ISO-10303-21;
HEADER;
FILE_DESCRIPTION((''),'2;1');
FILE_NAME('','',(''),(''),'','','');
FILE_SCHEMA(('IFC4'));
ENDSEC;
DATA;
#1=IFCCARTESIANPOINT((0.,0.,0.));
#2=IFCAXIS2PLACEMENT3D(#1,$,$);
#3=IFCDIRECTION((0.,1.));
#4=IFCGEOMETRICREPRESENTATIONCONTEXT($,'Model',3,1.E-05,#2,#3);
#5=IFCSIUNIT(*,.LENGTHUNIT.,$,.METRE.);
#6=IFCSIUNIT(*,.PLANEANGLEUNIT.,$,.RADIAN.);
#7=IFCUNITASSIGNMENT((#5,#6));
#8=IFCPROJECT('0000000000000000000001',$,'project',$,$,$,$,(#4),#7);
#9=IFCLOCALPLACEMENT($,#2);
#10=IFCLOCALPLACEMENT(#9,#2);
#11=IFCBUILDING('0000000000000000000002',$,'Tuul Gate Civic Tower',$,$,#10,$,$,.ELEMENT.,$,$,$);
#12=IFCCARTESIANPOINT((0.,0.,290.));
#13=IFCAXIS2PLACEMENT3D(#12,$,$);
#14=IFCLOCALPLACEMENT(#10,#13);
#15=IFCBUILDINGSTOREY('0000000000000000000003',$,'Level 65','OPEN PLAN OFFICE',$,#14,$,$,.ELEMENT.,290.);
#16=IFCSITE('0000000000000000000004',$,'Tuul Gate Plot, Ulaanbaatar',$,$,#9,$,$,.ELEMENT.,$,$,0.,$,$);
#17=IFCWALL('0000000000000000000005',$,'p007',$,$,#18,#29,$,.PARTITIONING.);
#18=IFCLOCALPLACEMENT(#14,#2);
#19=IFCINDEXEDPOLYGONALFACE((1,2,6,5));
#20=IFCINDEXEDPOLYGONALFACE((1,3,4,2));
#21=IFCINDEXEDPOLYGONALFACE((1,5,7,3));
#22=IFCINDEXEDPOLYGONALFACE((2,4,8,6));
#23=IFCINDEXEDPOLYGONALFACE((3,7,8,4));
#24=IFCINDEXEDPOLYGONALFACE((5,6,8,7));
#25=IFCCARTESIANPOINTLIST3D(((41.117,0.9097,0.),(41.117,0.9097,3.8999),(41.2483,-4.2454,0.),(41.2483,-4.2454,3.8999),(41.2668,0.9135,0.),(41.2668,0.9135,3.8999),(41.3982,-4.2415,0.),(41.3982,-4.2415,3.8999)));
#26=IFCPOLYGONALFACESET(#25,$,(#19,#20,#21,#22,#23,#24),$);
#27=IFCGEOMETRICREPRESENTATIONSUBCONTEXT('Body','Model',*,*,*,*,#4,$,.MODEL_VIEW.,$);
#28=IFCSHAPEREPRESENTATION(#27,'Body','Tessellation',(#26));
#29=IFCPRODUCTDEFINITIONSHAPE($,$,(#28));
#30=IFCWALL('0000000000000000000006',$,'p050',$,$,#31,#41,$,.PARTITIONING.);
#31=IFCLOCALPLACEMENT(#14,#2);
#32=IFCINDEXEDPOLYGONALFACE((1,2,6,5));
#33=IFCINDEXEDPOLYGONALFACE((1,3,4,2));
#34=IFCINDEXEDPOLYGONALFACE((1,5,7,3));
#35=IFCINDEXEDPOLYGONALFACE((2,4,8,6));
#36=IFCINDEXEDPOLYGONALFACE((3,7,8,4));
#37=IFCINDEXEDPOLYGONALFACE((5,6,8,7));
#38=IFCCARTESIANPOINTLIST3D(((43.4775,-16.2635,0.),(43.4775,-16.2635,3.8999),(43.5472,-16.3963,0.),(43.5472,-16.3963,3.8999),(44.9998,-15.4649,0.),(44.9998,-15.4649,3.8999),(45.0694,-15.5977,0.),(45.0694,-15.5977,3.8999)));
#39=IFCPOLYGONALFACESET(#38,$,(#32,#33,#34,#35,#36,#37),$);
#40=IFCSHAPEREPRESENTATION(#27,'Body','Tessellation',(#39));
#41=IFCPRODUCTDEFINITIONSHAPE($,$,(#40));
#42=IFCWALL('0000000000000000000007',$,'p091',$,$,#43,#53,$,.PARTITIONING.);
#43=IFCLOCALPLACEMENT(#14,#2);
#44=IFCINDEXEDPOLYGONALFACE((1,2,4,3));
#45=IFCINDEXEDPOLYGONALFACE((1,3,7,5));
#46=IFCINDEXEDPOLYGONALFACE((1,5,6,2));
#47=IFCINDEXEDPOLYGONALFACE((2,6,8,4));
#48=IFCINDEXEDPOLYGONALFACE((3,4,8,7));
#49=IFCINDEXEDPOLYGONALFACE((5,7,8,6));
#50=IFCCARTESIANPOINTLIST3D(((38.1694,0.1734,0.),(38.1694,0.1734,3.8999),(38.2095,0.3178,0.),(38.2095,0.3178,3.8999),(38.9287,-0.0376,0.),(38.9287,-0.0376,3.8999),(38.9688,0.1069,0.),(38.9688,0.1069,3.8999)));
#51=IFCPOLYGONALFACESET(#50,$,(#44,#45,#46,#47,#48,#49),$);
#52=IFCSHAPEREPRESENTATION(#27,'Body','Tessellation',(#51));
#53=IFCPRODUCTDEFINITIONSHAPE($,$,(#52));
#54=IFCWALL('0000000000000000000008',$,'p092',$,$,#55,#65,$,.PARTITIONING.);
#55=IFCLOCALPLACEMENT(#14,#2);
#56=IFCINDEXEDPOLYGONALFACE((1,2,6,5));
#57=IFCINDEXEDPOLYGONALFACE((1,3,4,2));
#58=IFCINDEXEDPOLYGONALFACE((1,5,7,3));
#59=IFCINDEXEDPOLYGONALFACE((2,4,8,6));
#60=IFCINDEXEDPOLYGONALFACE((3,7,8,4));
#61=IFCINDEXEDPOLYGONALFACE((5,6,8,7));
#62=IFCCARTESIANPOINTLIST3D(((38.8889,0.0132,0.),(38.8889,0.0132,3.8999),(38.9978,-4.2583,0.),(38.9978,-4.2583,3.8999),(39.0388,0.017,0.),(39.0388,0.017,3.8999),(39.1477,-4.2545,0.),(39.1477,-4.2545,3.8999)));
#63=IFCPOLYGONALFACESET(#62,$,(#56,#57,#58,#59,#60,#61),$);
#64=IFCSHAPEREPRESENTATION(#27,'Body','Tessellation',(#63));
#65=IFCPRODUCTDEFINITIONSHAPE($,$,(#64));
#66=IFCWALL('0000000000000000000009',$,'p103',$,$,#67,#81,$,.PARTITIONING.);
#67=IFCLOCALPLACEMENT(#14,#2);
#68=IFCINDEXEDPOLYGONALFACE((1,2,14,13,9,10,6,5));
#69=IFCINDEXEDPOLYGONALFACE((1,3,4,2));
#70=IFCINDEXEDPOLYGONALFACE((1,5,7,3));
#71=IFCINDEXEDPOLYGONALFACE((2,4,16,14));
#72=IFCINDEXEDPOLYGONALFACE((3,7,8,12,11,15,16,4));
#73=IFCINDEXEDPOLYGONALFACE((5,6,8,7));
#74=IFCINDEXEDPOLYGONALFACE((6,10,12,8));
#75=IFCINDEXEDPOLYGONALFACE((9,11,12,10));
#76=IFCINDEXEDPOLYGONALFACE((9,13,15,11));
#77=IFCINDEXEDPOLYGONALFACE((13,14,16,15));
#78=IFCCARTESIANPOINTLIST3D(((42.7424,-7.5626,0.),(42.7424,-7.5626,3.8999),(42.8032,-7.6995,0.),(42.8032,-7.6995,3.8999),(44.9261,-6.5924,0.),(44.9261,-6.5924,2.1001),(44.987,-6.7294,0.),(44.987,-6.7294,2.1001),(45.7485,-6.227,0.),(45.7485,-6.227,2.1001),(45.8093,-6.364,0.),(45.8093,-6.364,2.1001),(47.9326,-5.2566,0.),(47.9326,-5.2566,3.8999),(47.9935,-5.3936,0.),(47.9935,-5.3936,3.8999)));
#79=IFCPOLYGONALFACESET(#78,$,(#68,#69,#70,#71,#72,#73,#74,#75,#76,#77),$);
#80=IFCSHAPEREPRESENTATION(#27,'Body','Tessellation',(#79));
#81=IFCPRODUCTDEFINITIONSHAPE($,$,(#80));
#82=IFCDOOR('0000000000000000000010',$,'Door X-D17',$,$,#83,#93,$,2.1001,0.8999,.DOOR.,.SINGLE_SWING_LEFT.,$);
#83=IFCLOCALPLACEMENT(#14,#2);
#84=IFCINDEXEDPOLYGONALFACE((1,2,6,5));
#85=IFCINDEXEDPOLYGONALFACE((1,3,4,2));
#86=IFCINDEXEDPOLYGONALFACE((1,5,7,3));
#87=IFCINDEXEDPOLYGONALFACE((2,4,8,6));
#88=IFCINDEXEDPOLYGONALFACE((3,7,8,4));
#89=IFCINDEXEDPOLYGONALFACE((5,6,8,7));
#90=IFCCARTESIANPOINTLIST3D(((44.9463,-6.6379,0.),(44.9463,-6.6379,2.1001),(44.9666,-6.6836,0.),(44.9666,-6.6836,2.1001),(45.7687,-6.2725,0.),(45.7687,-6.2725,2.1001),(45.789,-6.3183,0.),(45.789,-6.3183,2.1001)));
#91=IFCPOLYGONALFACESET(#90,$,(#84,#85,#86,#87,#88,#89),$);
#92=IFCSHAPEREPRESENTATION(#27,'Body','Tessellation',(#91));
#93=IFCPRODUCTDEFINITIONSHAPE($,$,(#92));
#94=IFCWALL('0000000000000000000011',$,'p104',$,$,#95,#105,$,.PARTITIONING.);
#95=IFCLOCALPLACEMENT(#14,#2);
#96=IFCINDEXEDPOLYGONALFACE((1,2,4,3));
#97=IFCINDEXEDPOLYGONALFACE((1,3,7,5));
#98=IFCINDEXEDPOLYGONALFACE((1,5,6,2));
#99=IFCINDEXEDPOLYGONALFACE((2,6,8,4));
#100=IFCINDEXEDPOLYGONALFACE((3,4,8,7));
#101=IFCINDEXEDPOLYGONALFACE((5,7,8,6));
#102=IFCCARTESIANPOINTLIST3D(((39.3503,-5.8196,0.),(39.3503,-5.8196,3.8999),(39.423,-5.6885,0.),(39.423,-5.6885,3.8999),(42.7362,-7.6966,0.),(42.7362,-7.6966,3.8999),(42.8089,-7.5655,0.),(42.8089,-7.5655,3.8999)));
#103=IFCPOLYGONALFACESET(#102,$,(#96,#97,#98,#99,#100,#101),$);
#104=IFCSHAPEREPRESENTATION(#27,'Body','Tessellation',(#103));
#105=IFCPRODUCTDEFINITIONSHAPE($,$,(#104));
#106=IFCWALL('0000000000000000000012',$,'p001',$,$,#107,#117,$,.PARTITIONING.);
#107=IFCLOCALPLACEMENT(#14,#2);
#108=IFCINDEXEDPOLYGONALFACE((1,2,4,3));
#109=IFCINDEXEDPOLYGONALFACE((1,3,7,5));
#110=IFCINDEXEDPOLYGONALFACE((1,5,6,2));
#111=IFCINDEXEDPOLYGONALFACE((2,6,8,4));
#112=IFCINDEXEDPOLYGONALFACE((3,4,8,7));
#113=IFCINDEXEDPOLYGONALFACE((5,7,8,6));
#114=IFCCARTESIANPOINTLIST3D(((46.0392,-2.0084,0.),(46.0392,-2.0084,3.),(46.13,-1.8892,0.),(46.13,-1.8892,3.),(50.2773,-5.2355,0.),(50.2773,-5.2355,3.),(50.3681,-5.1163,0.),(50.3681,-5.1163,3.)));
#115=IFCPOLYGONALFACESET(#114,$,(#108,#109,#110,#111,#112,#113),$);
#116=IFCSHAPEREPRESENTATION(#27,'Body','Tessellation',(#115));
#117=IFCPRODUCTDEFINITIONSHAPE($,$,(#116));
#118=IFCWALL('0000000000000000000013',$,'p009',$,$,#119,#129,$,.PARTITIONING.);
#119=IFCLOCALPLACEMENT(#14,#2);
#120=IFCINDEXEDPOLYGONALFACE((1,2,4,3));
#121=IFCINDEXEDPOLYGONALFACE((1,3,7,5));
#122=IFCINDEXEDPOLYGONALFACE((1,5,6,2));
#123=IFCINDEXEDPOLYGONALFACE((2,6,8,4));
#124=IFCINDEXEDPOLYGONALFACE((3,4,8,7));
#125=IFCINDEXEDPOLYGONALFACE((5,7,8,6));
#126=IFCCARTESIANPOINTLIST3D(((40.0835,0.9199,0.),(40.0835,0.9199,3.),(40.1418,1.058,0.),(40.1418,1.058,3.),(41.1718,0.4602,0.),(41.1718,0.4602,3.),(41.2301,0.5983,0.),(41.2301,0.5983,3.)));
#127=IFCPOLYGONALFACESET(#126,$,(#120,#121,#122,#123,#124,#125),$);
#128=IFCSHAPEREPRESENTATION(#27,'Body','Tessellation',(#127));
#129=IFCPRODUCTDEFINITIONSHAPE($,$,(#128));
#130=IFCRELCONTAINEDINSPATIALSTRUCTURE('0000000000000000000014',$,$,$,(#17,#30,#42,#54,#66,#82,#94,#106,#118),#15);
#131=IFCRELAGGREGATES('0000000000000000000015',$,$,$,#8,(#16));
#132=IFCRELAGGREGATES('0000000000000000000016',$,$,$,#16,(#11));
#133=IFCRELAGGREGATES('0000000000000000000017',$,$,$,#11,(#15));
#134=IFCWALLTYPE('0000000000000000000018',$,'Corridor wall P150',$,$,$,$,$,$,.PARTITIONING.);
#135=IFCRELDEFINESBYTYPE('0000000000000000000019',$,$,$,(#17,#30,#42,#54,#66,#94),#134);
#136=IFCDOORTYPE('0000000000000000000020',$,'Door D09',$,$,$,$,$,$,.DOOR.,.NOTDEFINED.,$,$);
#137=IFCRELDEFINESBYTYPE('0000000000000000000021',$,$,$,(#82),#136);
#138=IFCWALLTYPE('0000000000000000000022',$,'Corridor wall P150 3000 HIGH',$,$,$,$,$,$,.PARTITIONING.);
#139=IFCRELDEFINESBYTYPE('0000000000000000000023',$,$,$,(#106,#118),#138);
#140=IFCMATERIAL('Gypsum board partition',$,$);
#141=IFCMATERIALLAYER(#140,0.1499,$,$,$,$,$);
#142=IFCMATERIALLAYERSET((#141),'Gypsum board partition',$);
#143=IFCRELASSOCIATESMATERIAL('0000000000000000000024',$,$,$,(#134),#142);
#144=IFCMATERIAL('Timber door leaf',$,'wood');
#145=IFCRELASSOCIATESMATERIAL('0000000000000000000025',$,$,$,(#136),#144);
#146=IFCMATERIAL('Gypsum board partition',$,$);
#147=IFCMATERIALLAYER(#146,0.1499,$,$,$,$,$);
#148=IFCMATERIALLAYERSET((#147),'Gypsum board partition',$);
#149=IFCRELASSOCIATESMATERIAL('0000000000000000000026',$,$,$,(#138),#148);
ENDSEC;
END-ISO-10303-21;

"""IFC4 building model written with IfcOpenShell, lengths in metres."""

from ifc_helpers import new_model, si_unit, direction, frame, frame_2d, origin, place, context, subcontext, project, spatial, rectangle, extrude, material, layer, layer_set, type_object, element, fill, save


model = new_model("IFC4")

# Units and contexts
model_context = context("Model", 3, precision=1e-05, world=origin(), true_north=direction((0.0, 1.0)))
body_context = subcontext(model_context, "Body", "Model", "MODEL_VIEW")
ifc_project = project(units=[si_unit("LENGTHUNIT", "METRE"), si_unit("PLANEANGLEUNIT", "RADIAN")], contexts=[model_context])

# Site, building, storey
site_placement = place(None, origin())
site = spatial("IfcSite", under=ifc_project, at=site_placement, Name="Tuul Gate Plot, Ulaanbaatar", CompositionType="ELEMENT", RefElevation=0.0)
building_placement = place(site_placement, origin())
building = spatial("IfcBuilding", under=site, at=building_placement, Name="Tuul Gate Civic Tower", CompositionType="ELEMENT")
storey_placement = place(building_placement, frame((0.0, 0.0, 290.0)))
storey = spatial("IfcBuildingStorey", under=building, at=storey_placement, Name="Level 65", Description="OPEN PLAN OFFICE", CompositionType="ELEMENT", Elevation=290.0)

# Shared definitions
ifc_material_1 = material(Name="Gypsum board partition")
ifc_layer_1 = layer(ifc_material_1, 0.1499)
ifc_layer_set_1 = layer_set([ifc_layer_1], Name="Gypsum board partition")
wall_type_1 = type_object("IfcWallType", Name="Corridor wall P150", PredefinedType="PARTITIONING", material=ifc_layer_set_1)
ifc_material_2 = material(Name="Timber door leaf", Category="wood")
door_type_1 = type_object("IfcDoorType", Name="Door D09", OperationType="NOTDEFINED", PredefinedType="DOOR", material=ifc_material_2)

# Walls
wall_1_placement = place(storey_placement, frame((41.1919, 0.9116, 0.0), z_axis=(0.0, 0.0, 1.0), x_axis=(0.025471, -0.999676, 0.0)))
element("IfcWall", 1, at=wall_1_placement, inside=storey, type_object=wall_type_1, Name="p007", PredefinedType="PARTITIONING", context=body_context, shape_type="SweptSolid", body=[
    extrude(rectangle(XDim=5.1567, YDim=0.1499, at=frame_2d((2.5784, 0.0))), origin(), (0.0, 0.0, 1.0), 3.8999),
])
wall_2_placement = place(storey_placement, frame((43.5125, -16.3298, 0.0), z_axis=(0.0, 0.0, 1.0), x_axis=(0.885537, 0.464569, 0.0)))
element("IfcWall", 2, at=wall_2_placement, inside=storey, type_object=wall_type_1, Name="p050", PredefinedType="PARTITIONING", context=body_context, shape_type="SweptSolid", body=[
    extrude(rectangle(XDim=1.719, YDim=0.1499, at=frame_2d((0.8594, 0.0))), origin(), (0.0, 0.0, 1.0), 3.8999),
])
wall_3_placement = place(storey_placement, frame((38.1895, 0.2456, 0.0), z_axis=(0.0, 0.0, 1.0), x_axis=(0.963509, -0.267676, 0.0)))
element("IfcWall", 3, at=wall_3_placement, inside=storey, type_object=wall_type_1, Name="p091", PredefinedType="PARTITIONING", context=body_context, shape_type="SweptSolid", body=[
    extrude(rectangle(XDim=0.7881, YDim=0.1499, at=frame_2d((0.394, 0.0))), origin(), (0.0, 0.0, 1.0), 3.8999),
])
wall_4_placement = place(storey_placement, frame((38.9639, 0.0151, 0.0), z_axis=(0.0, 0.0, 1.0), x_axis=(0.025483, -0.999675, 0.0)))
element("IfcWall", 4, at=wall_4_placement, inside=storey, type_object=wall_type_1, Name="p092", PredefinedType="PARTITIONING", context=body_context, shape_type="SweptSolid", body=[
    extrude(rectangle(XDim=4.2729, YDim=0.1499, at=frame_2d((2.1365, 0.0))), origin(), (0.0, 0.0, 1.0), 3.8999),
])

# Wall, opening, door
wall_5_placement = place(storey_placement, frame((42.7727, -7.6311, 0.0), z_axis=(0.0, 0.0, 1.0), x_axis=(0.913866, 0.406015, 0.0)))
wall_5 = element("IfcWall", 5, at=wall_5_placement, inside=storey, type_object=wall_type_1, Name="p103", PredefinedType="PARTITIONING", context=body_context, shape_type="SweptSolid", body=[
    extrude(rectangle(XDim=5.6794, YDim=0.1499, at=frame_2d((2.8398, 0.0))), origin(), (0.0, 0.0, 1.0), 3.8999),
])
opening_1_placement = place(wall_5_placement, frame((2.3896, 0.0, 0.0)))
opening_1 = element("IfcOpeningElement", 6, at=opening_1_placement, cuts=wall_5, PredefinedType="OPENING", context=body_context, shape_type="SweptSolid", body=[
    extrude(rectangle(XDim=0.8999, YDim=2.1001, at=frame_2d((0.45, 1.05))), frame((0.0, 0.085, 0.0), z_axis=(0.0, -1.0, 0.0), x_axis=(1.0, 0.0, 0.0)), (0.0, 0.0, 1.0), 0.1699),
])
door_1_placement = place(opening_1_placement, frame((0.8999, 0.0, 0.0), z_axis=(0.0, 0.0, 1.0), x_axis=(-1.0, 0.0, 0.0)))
door_1 = element("IfcDoor", 7, at=door_1_placement, inside=storey, type_object=door_type_1, Name="Door X-D17", OperationType="SINGLE_SWING_LEFT", OverallHeight=2.1001, OverallWidth=0.8999, PredefinedType="DOOR", context=body_context, shape_type="SweptSolid", body=[
    extrude(rectangle(XDim=0.8999, YDim=2.1001, at=frame_2d((0.45, 1.05))), frame((0.0, 0.0249, 0.0), z_axis=(0.0, -1.0, 0.0), x_axis=(1.0, 0.0, 0.0)), (0.0, 0.0, 1.0), 0.05),
])
fill(opening_1, door_1)

# Walls
wall_6_placement = place(storey_placement, frame((39.3867, -5.7542, 0.0), z_axis=(0.0, 0.0, 1.0), x_axis=(0.874612, -0.484824, 0.0)))
element("IfcWall", 8, at=wall_6_placement, inside=storey, type_object=wall_type_1, Name="p104", PredefinedType="PARTITIONING", context=body_context, shape_type="SweptSolid", body=[
    extrude(rectangle(XDim=3.8713, YDim=0.1499, at=frame_2d((1.9355, 0.0))), origin(), (0.0, 0.0, 1.0), 3.8999),
])
ifc_material_3 = material(Name="Gypsum board partition")
ifc_layer_2 = layer(ifc_material_3, 0.1499)
ifc_layer_set_2 = layer_set([ifc_layer_2], Name="Gypsum board partition")
wall_type_2 = type_object("IfcWallType", Name="Corridor wall P150 3000 HIGH", PredefinedType="PARTITIONING", material=ifc_layer_set_2)
wall_7_placement = place(storey_placement, frame((46.0845, -1.9487, 0.0), z_axis=(0.0, 0.0, 1.0), x_axis=(0.795606, -0.605814, 0.0)))
element("IfcWall", 9, at=wall_7_placement, inside=storey, type_object=wall_type_2, Name="p001", PredefinedType="PARTITIONING", context=body_context, shape_type="SweptSolid", body=[
    extrude(rectangle(XDim=5.3269, YDim=0.1499, at=frame_2d((2.6636, 0.0))), origin(), (0.0, 0.0, 1.0), 3.0),
])
wall_8_placement = place(storey_placement, frame((40.1125, 0.989, 0.0), z_axis=(0.0, 0.0, 1.0), x_axis=(0.921195, -0.389101, 0.0)))
element("IfcWall", 10, at=wall_8_placement, inside=storey, type_object=wall_type_2, Name="p009", PredefinedType="PARTITIONING", context=body_context, shape_type="SweptSolid", body=[
    extrude(rectangle(XDim=1.1814, YDim=0.1499, at=frame_2d((0.5908, 0.0))), origin(), (0.0, 0.0, 1.0), 3.0),
])

save(model, "model.ifc")
